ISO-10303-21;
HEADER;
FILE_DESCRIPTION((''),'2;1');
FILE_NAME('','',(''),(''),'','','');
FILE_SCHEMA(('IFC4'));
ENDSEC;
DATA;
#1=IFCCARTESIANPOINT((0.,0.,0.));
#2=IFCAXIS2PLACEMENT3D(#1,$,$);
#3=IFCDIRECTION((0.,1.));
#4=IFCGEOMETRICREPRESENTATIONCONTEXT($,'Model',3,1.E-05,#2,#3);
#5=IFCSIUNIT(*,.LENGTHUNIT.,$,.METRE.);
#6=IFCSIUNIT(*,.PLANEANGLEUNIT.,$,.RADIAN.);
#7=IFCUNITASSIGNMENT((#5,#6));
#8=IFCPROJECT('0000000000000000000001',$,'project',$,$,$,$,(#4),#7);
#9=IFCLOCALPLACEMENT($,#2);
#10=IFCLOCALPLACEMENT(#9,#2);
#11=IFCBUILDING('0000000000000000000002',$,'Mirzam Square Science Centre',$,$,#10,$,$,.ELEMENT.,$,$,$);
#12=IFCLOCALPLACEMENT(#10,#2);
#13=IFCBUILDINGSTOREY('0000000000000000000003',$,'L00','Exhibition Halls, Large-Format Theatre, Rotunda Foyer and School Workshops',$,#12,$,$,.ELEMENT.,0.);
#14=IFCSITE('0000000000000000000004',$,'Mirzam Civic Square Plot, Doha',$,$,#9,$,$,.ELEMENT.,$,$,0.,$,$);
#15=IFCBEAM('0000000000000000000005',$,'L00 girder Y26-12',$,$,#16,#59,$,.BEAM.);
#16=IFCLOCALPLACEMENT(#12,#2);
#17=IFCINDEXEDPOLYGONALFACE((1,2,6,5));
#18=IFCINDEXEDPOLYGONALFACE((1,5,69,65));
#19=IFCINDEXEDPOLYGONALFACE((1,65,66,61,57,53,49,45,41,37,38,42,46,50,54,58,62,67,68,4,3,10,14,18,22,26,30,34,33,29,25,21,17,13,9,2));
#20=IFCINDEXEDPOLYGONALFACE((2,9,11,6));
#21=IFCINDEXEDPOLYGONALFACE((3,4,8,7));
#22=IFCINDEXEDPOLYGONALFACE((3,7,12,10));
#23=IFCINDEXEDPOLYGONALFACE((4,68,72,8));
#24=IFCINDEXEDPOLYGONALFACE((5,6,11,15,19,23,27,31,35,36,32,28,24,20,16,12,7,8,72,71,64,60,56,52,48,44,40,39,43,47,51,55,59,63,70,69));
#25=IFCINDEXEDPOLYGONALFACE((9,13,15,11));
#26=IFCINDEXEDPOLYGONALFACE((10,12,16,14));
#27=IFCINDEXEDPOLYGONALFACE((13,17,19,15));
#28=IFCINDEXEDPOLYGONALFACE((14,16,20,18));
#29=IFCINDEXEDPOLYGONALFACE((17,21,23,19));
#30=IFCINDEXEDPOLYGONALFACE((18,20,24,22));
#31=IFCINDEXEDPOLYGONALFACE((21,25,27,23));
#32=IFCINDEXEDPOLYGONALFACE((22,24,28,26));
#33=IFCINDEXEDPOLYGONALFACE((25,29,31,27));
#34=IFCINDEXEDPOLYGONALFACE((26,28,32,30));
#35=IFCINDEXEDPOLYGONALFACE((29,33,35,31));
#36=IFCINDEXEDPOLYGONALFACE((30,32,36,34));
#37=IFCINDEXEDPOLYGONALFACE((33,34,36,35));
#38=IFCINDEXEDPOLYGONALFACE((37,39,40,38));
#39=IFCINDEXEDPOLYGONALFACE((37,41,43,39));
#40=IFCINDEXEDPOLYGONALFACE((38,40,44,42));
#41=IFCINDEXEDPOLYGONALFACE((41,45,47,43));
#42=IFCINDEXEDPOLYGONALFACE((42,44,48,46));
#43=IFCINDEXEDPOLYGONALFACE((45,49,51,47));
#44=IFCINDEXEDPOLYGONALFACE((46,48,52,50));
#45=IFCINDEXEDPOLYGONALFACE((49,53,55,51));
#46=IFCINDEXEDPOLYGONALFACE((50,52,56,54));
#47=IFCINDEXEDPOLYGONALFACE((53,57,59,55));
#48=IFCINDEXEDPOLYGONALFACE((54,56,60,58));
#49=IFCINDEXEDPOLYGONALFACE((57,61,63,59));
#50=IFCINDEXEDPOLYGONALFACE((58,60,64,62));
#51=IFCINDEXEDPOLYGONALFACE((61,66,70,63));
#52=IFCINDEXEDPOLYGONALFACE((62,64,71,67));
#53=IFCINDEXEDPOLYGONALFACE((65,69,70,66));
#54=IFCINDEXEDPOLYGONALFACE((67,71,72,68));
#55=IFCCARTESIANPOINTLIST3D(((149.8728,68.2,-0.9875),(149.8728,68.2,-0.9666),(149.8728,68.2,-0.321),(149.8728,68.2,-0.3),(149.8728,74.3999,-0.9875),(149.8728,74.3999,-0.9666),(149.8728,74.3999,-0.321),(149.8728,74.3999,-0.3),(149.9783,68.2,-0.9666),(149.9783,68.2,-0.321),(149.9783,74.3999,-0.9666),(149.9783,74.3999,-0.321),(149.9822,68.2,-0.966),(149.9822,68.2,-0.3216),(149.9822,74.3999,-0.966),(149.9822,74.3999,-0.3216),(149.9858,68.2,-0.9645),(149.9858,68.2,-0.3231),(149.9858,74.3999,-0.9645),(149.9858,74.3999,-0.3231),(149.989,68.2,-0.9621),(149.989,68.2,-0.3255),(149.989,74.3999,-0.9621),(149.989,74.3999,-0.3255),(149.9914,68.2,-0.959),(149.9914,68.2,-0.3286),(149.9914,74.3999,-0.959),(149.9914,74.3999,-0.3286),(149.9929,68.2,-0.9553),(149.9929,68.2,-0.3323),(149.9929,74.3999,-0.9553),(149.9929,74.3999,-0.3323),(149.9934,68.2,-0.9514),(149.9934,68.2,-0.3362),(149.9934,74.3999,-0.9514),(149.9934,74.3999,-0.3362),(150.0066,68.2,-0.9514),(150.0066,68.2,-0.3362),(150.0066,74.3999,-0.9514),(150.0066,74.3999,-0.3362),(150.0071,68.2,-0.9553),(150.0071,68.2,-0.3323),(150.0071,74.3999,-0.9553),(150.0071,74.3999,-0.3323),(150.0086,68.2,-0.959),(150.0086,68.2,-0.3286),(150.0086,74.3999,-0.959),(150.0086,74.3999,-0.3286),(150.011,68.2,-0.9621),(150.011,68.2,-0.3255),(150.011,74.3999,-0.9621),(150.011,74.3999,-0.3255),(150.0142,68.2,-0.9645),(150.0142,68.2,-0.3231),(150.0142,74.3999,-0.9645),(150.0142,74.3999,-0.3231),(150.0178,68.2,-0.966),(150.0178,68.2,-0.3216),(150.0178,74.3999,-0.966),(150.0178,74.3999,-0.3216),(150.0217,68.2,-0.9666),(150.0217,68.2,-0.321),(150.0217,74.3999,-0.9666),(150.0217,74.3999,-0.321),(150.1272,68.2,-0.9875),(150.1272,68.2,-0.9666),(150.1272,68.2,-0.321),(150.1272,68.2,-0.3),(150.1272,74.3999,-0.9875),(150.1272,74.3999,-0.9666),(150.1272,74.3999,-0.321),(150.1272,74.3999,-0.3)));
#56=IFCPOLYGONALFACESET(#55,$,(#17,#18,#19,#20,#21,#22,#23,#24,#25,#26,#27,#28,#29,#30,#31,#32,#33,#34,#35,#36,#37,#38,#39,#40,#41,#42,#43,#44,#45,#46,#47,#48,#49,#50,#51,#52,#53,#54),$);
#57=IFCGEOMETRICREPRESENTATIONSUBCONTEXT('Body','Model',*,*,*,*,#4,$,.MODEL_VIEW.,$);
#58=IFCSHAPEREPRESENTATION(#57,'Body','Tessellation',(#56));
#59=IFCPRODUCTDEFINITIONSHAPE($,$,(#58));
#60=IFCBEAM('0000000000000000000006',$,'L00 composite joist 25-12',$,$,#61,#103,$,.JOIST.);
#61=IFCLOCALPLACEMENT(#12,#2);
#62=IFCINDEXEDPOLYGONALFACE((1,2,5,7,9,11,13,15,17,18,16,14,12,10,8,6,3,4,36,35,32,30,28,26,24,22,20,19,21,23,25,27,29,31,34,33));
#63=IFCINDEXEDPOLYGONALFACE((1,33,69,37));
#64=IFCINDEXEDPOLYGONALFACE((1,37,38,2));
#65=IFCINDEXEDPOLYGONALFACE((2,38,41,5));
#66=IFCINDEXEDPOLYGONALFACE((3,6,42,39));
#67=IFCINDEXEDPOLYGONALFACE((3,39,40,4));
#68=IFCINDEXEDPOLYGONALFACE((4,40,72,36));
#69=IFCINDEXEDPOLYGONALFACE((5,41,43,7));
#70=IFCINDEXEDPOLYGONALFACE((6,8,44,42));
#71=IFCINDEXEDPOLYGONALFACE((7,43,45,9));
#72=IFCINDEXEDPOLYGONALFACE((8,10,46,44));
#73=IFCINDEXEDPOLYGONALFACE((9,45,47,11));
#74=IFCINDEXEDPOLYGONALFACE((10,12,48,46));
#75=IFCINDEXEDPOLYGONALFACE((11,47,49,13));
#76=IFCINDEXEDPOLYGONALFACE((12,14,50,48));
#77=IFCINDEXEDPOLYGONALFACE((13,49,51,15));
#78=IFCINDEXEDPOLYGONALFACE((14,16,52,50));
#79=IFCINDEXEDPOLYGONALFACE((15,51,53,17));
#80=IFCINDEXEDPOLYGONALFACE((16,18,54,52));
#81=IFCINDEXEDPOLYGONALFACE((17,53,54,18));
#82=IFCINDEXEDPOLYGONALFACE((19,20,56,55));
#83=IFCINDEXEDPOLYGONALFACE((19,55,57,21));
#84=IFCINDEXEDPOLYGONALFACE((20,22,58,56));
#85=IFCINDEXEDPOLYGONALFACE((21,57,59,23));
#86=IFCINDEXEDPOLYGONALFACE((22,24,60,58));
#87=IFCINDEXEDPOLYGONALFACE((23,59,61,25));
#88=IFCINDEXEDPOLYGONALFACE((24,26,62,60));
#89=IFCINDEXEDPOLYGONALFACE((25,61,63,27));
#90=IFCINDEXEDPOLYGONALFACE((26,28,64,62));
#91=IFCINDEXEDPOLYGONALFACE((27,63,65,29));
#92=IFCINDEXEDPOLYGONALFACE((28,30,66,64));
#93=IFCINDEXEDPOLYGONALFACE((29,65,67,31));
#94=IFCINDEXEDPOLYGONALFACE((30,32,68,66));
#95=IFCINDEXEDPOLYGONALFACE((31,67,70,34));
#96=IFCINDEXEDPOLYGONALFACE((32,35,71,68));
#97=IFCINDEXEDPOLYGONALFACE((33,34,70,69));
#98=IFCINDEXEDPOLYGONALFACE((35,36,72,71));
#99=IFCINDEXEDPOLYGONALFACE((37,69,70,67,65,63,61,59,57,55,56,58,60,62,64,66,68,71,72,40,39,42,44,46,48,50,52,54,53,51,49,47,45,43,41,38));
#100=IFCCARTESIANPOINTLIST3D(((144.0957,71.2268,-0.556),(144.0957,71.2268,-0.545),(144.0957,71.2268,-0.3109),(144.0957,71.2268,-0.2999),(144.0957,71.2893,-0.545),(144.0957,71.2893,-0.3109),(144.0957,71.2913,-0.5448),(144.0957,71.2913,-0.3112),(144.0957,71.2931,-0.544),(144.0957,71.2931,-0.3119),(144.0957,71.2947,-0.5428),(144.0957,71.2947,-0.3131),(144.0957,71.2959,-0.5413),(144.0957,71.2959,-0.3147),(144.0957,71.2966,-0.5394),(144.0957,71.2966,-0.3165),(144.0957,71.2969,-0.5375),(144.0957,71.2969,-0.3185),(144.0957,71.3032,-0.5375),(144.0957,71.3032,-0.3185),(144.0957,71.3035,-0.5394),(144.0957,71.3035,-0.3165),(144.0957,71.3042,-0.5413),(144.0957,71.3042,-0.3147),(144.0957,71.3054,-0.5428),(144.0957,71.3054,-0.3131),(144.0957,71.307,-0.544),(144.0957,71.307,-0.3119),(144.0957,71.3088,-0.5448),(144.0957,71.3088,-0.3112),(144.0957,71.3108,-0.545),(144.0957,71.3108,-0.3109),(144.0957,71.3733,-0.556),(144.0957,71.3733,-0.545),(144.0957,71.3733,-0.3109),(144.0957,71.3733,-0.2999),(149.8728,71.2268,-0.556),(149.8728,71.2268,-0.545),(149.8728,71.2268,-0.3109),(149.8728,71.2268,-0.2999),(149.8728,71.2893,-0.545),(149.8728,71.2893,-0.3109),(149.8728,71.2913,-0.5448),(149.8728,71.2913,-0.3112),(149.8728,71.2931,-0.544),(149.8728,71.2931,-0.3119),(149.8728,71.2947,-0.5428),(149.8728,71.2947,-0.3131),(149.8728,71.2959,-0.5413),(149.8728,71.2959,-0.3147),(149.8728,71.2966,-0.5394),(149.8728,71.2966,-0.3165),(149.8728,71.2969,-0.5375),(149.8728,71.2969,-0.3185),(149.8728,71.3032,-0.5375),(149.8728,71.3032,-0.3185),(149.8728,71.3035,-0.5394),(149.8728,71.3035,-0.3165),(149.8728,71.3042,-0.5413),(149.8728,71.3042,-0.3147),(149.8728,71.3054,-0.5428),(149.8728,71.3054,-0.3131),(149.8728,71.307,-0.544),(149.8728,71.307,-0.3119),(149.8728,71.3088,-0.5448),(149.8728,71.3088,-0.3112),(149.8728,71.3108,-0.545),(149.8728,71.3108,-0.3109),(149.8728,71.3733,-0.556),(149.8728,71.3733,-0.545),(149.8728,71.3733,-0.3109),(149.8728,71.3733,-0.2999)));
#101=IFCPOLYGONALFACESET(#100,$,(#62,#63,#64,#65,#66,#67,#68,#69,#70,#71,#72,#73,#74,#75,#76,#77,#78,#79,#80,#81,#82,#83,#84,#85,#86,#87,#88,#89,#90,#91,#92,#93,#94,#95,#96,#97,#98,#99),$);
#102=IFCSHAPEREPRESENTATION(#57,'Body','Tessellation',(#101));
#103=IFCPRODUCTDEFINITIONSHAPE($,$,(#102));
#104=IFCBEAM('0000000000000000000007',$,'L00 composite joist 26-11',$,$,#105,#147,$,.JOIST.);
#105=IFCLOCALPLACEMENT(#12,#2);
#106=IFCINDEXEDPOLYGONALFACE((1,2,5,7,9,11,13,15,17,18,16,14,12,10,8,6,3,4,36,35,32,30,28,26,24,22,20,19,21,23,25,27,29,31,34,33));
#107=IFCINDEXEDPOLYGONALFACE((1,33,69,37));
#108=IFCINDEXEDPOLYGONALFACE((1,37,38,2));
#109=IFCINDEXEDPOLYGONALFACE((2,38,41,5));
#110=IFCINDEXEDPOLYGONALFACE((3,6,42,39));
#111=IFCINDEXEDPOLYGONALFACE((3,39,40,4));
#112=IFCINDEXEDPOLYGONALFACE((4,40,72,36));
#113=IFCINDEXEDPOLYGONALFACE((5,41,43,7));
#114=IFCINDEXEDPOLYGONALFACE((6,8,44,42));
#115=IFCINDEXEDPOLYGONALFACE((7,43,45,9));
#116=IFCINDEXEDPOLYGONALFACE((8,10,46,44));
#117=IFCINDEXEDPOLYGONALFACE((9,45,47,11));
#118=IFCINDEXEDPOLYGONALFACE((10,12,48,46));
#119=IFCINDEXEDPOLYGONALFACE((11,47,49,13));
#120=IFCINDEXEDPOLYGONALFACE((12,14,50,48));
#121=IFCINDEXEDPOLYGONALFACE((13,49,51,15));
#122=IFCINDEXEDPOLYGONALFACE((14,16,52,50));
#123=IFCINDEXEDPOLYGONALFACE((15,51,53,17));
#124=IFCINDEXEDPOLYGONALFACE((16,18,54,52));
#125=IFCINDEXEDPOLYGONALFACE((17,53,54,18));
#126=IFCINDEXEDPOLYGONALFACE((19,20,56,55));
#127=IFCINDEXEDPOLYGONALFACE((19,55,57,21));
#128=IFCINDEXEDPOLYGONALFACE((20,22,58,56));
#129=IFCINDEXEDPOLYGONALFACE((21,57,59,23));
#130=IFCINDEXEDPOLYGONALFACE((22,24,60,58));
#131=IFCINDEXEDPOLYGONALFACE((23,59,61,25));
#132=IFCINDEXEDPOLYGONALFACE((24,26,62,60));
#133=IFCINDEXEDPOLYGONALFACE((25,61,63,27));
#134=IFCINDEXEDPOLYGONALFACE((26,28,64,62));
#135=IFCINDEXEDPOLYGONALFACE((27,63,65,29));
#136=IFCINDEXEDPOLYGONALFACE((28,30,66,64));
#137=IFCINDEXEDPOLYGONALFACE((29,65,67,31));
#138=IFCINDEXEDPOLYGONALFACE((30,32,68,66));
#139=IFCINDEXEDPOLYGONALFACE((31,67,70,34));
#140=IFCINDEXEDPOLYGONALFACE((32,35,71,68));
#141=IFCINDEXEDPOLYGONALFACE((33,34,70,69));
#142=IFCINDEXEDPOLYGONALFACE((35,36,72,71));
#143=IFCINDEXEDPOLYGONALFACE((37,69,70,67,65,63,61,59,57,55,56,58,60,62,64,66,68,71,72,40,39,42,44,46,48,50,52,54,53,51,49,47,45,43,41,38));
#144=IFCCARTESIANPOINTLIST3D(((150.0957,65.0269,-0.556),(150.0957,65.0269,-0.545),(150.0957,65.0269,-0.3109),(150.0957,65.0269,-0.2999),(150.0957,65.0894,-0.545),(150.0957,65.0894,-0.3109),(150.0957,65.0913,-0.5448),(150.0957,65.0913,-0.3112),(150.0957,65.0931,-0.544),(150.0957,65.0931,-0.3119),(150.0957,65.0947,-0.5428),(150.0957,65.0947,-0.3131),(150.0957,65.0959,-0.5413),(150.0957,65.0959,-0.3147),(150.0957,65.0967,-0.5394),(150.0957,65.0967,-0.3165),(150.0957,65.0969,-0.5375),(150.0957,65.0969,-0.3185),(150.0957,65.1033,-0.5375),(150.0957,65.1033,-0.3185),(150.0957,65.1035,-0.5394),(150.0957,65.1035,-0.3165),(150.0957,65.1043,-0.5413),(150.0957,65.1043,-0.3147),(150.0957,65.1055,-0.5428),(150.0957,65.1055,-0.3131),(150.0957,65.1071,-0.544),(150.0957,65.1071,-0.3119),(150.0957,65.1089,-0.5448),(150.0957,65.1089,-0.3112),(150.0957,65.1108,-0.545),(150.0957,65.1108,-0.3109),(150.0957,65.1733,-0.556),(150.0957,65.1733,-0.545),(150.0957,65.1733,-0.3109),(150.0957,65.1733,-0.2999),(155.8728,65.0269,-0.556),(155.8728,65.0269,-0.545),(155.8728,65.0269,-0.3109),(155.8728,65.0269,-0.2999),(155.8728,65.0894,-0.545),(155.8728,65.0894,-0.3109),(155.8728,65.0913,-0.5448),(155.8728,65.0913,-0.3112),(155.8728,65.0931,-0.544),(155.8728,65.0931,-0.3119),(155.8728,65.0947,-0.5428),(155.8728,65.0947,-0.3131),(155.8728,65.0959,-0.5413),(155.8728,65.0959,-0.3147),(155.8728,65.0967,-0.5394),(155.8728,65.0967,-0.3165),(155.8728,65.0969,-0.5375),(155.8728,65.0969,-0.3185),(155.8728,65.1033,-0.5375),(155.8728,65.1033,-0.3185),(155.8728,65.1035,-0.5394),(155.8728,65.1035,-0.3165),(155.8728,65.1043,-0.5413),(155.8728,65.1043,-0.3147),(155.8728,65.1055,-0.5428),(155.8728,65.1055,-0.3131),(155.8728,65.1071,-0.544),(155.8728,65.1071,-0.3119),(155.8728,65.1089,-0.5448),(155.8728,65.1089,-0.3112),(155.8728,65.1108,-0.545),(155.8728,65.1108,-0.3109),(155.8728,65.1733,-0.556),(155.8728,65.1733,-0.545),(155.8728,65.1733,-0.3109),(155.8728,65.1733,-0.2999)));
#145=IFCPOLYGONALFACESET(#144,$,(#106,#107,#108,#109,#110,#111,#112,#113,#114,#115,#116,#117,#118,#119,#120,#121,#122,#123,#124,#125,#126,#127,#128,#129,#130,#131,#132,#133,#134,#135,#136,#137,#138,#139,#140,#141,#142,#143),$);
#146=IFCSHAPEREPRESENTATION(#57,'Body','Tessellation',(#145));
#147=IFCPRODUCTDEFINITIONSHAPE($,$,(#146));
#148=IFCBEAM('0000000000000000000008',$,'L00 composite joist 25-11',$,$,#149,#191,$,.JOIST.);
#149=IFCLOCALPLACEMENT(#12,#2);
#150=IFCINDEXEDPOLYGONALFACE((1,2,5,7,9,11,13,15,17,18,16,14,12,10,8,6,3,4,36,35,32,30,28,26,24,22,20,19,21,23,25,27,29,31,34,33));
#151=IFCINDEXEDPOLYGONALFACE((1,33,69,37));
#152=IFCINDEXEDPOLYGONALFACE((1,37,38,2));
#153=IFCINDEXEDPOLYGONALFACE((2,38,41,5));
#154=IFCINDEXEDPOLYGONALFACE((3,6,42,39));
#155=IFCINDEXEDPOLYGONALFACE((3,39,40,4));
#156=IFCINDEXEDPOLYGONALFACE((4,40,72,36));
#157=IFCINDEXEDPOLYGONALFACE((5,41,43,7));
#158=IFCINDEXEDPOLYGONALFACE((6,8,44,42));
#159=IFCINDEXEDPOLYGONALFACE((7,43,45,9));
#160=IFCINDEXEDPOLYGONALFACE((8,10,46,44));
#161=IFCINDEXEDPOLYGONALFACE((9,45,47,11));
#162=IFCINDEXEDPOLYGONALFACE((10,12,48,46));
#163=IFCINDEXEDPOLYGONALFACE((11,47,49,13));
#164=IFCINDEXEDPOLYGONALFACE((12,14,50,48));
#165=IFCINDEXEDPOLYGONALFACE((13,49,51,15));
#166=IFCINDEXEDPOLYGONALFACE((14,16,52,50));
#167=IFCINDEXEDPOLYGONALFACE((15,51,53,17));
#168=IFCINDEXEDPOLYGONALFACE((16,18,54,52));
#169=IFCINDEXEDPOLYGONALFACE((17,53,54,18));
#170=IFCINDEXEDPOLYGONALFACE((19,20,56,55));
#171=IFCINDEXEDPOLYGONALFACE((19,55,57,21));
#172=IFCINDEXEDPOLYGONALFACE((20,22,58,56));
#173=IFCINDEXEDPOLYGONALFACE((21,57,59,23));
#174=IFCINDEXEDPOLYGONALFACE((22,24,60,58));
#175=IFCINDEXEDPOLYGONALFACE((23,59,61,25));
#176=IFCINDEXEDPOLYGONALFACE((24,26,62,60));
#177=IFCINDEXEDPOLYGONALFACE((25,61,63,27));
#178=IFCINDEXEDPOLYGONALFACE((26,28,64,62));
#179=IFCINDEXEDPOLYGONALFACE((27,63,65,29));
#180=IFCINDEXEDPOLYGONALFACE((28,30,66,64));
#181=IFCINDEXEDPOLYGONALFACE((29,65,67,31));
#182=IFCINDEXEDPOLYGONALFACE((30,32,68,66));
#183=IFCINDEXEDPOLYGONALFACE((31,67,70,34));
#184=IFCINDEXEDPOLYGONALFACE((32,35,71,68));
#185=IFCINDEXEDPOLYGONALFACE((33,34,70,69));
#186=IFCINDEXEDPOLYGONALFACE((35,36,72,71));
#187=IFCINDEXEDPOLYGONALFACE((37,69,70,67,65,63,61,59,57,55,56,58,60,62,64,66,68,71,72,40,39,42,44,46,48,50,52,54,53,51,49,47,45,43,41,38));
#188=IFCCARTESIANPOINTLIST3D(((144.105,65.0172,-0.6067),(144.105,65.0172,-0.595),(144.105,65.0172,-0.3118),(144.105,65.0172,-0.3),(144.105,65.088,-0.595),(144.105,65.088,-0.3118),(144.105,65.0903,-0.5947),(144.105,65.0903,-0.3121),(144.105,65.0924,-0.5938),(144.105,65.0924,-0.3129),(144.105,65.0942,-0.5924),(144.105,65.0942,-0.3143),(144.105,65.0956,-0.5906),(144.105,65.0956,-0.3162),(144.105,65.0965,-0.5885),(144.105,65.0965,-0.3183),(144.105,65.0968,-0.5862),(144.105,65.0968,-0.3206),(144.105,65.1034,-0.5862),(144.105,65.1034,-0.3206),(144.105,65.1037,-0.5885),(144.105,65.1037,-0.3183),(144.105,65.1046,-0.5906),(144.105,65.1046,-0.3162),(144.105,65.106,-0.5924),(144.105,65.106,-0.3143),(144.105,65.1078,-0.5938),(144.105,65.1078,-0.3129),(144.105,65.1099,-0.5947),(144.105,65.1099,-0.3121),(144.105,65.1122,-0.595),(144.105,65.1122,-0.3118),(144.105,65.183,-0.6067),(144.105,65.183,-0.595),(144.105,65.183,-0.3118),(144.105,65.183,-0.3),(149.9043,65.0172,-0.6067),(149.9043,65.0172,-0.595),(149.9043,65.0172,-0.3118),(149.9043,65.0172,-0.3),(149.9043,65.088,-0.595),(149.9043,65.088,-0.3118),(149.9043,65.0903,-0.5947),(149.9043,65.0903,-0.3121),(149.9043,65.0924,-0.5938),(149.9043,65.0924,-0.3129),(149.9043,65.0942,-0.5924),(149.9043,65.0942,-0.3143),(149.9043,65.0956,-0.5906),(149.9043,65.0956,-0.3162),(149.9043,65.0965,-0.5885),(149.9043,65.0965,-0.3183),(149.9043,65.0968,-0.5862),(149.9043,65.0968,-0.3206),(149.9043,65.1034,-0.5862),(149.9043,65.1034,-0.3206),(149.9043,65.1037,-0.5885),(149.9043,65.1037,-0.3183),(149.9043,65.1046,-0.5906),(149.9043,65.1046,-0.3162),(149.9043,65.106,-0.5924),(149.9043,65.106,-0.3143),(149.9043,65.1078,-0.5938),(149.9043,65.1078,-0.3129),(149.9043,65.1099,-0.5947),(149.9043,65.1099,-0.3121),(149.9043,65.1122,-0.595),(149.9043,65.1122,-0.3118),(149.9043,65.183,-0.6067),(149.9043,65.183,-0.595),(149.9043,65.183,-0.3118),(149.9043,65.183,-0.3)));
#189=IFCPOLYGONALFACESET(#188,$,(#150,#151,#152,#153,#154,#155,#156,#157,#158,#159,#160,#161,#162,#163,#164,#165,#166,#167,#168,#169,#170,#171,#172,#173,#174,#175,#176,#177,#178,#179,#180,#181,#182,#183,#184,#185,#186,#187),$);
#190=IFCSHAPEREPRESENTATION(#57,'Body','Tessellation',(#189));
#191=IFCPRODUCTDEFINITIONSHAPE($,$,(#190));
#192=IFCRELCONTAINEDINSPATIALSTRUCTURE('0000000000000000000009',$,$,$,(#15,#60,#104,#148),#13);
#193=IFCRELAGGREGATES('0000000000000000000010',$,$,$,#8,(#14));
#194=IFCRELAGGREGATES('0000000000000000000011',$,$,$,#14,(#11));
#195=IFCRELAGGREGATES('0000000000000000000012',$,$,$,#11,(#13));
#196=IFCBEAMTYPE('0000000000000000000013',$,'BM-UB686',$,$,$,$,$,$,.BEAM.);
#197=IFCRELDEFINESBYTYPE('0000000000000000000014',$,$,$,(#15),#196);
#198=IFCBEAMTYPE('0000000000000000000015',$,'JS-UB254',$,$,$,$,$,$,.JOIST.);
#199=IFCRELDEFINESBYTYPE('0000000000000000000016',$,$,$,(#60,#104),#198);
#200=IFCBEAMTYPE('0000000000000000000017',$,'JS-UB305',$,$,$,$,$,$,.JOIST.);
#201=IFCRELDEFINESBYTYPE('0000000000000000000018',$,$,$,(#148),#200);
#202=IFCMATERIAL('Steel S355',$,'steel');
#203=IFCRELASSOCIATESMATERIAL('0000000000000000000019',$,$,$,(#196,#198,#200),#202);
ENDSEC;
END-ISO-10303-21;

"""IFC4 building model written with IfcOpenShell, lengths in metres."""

from ifc_helpers import new_model, si_unit, direction, frame, origin, origin_2d, place, context, subcontext, project, spatial, i_section, extrude, material, material_profile, profile_set, type_object, element, save


model = new_model("IFC4")

# Units and contexts
model_context = context("Model", 3, precision=1e-05, world=origin(), true_north=direction((0.0, 1.0)))
body_context = subcontext(model_context, "Body", "Model", "MODEL_VIEW")
ifc_project = project(units=[si_unit("LENGTHUNIT", "METRE"), si_unit("PLANEANGLEUNIT", "RADIAN")], contexts=[model_context])

# Site, building, storey
site_placement = place(None, origin())
site = spatial("IfcSite", under=ifc_project, at=site_placement, Name="Mirzam Civic Square Plot, Doha", CompositionType="ELEMENT", RefElevation=0.0)
building_placement = place(site_placement, origin())
building = spatial("IfcBuilding", under=site, at=building_placement, Name="Mirzam Square Science Centre", CompositionType="ELEMENT")
storey_placement = place(building_placement, origin())
storey = spatial("IfcBuildingStorey", under=building, at=storey_placement, Name="L00", Description="Exhibition Halls, Large-Format Theatre, Rotunda Foyer and School Workshops", CompositionType="ELEMENT", Elevation=0.0)

# Shared definitions
ifc_material = material(Name="Steel S355", Category="steel")

# Beams
ifc_material_profile_1 = material_profile(ifc_material, i_section(OverallWidth=0.2544, OverallDepth=0.6875, WebThickness=0.0132, FlangeThickness=0.021, FilletRadius=0.0151, at=origin_2d()), Name="686x254x152UB")
ifc_profile_set_1 = profile_set([ifc_material_profile_1], Name="Steel S355")
beam_type_1 = type_object("IfcBeamType", Name="BM-UB686", PredefinedType="BEAM", material=ifc_profile_set_1)
beam_1_placement = place(storey_placement, frame((150.0, 68.2, -0.6438), z_axis=(0.0, 1.0, 0.0), x_axis=(-1.0, 0.0, 0.0)))
element("IfcBeam", 1, at=beam_1_placement, inside=storey, type_object=beam_type_1, Name="L00 girder Y26-12", PredefinedType="BEAM", context=body_context, shape_type="SweptSolid", body=[
    extrude(i_section(OverallWidth=0.2544, OverallDepth=0.6875, WebThickness=0.0132, FlangeThickness=0.021, FilletRadius=0.0151, at=origin_2d()), origin(), (0.0, 0.0, 1.0), 6.2),
])
ifc_material_profile_2 = material_profile(ifc_material, i_section(OverallWidth=0.1465, OverallDepth=0.2561, WebThickness=0.0063, FlangeThickness=0.011, FilletRadius=0.0076, at=origin_2d()), Name="254x146x37UB")
ifc_profile_set_2 = profile_set([ifc_material_profile_2], Name="Steel S355")
beam_type_2 = type_object("IfcBeamType", Name="JS-UB254", PredefinedType="JOIST", material=ifc_profile_set_2)
for number, where, z_axis, x_axis, name in (
    (2, (144.0957, 71.3, -0.428), (1.0, 0.0, 0.0), (0.0, 1.0, 0.0), "L00 composite joist 25-12"),
    (3, (150.0957, 65.1001, -0.428), (1.0, 0.0, 0.0), (0.0, 1.0, 0.0), "L00 composite joist 26-11"),
):
    element("IfcBeam", number, at=place(storey_placement, frame(where, z_axis=z_axis, x_axis=x_axis)), inside=storey, type_object=beam_type_2, Name=name, PredefinedType="JOIST", context=body_context, shape_type="SweptSolid", body=[
        extrude(i_section(OverallWidth=0.1465, OverallDepth=0.2561, WebThickness=0.0063, FlangeThickness=0.011, FilletRadius=0.0076, at=origin_2d()), origin(), (0.0, 0.0, 1.0), 5.7771),
    ])
ifc_material_profile_3 = material_profile(ifc_material, i_section(OverallWidth=0.1658, OverallDepth=0.3066, WebThickness=0.0066, FlangeThickness=0.0117, FilletRadius=0.0088, at=origin_2d()), Name="305x165x46UB")
ifc_profile_set_3 = profile_set([ifc_material_profile_3], Name="Steel S355")
beam_type_3 = type_object("IfcBeamType", Name="JS-UB305", PredefinedType="JOIST", material=ifc_profile_set_3)
for number, where, z_axis, x_axis, name in (
    (4, (144.105, 65.1001, -0.4534), (1.0, 0.0, 0.0), (0.0, 1.0, 0.0), "L00 composite joist 25-11"),
):
    element("IfcBeam", number, at=place(storey_placement, frame(where, z_axis=z_axis, x_axis=x_axis)), inside=storey, type_object=beam_type_3, Name=name, PredefinedType="JOIST", context=body_context, shape_type="SweptSolid", body=[
        extrude(i_section(OverallWidth=0.1658, OverallDepth=0.3066, WebThickness=0.0066, FlangeThickness=0.0117, FilletRadius=0.0088, at=origin_2d()), origin(), (0.0, 0.0, 1.0), 5.7993),
    ])

save(model, "model.ifc")
